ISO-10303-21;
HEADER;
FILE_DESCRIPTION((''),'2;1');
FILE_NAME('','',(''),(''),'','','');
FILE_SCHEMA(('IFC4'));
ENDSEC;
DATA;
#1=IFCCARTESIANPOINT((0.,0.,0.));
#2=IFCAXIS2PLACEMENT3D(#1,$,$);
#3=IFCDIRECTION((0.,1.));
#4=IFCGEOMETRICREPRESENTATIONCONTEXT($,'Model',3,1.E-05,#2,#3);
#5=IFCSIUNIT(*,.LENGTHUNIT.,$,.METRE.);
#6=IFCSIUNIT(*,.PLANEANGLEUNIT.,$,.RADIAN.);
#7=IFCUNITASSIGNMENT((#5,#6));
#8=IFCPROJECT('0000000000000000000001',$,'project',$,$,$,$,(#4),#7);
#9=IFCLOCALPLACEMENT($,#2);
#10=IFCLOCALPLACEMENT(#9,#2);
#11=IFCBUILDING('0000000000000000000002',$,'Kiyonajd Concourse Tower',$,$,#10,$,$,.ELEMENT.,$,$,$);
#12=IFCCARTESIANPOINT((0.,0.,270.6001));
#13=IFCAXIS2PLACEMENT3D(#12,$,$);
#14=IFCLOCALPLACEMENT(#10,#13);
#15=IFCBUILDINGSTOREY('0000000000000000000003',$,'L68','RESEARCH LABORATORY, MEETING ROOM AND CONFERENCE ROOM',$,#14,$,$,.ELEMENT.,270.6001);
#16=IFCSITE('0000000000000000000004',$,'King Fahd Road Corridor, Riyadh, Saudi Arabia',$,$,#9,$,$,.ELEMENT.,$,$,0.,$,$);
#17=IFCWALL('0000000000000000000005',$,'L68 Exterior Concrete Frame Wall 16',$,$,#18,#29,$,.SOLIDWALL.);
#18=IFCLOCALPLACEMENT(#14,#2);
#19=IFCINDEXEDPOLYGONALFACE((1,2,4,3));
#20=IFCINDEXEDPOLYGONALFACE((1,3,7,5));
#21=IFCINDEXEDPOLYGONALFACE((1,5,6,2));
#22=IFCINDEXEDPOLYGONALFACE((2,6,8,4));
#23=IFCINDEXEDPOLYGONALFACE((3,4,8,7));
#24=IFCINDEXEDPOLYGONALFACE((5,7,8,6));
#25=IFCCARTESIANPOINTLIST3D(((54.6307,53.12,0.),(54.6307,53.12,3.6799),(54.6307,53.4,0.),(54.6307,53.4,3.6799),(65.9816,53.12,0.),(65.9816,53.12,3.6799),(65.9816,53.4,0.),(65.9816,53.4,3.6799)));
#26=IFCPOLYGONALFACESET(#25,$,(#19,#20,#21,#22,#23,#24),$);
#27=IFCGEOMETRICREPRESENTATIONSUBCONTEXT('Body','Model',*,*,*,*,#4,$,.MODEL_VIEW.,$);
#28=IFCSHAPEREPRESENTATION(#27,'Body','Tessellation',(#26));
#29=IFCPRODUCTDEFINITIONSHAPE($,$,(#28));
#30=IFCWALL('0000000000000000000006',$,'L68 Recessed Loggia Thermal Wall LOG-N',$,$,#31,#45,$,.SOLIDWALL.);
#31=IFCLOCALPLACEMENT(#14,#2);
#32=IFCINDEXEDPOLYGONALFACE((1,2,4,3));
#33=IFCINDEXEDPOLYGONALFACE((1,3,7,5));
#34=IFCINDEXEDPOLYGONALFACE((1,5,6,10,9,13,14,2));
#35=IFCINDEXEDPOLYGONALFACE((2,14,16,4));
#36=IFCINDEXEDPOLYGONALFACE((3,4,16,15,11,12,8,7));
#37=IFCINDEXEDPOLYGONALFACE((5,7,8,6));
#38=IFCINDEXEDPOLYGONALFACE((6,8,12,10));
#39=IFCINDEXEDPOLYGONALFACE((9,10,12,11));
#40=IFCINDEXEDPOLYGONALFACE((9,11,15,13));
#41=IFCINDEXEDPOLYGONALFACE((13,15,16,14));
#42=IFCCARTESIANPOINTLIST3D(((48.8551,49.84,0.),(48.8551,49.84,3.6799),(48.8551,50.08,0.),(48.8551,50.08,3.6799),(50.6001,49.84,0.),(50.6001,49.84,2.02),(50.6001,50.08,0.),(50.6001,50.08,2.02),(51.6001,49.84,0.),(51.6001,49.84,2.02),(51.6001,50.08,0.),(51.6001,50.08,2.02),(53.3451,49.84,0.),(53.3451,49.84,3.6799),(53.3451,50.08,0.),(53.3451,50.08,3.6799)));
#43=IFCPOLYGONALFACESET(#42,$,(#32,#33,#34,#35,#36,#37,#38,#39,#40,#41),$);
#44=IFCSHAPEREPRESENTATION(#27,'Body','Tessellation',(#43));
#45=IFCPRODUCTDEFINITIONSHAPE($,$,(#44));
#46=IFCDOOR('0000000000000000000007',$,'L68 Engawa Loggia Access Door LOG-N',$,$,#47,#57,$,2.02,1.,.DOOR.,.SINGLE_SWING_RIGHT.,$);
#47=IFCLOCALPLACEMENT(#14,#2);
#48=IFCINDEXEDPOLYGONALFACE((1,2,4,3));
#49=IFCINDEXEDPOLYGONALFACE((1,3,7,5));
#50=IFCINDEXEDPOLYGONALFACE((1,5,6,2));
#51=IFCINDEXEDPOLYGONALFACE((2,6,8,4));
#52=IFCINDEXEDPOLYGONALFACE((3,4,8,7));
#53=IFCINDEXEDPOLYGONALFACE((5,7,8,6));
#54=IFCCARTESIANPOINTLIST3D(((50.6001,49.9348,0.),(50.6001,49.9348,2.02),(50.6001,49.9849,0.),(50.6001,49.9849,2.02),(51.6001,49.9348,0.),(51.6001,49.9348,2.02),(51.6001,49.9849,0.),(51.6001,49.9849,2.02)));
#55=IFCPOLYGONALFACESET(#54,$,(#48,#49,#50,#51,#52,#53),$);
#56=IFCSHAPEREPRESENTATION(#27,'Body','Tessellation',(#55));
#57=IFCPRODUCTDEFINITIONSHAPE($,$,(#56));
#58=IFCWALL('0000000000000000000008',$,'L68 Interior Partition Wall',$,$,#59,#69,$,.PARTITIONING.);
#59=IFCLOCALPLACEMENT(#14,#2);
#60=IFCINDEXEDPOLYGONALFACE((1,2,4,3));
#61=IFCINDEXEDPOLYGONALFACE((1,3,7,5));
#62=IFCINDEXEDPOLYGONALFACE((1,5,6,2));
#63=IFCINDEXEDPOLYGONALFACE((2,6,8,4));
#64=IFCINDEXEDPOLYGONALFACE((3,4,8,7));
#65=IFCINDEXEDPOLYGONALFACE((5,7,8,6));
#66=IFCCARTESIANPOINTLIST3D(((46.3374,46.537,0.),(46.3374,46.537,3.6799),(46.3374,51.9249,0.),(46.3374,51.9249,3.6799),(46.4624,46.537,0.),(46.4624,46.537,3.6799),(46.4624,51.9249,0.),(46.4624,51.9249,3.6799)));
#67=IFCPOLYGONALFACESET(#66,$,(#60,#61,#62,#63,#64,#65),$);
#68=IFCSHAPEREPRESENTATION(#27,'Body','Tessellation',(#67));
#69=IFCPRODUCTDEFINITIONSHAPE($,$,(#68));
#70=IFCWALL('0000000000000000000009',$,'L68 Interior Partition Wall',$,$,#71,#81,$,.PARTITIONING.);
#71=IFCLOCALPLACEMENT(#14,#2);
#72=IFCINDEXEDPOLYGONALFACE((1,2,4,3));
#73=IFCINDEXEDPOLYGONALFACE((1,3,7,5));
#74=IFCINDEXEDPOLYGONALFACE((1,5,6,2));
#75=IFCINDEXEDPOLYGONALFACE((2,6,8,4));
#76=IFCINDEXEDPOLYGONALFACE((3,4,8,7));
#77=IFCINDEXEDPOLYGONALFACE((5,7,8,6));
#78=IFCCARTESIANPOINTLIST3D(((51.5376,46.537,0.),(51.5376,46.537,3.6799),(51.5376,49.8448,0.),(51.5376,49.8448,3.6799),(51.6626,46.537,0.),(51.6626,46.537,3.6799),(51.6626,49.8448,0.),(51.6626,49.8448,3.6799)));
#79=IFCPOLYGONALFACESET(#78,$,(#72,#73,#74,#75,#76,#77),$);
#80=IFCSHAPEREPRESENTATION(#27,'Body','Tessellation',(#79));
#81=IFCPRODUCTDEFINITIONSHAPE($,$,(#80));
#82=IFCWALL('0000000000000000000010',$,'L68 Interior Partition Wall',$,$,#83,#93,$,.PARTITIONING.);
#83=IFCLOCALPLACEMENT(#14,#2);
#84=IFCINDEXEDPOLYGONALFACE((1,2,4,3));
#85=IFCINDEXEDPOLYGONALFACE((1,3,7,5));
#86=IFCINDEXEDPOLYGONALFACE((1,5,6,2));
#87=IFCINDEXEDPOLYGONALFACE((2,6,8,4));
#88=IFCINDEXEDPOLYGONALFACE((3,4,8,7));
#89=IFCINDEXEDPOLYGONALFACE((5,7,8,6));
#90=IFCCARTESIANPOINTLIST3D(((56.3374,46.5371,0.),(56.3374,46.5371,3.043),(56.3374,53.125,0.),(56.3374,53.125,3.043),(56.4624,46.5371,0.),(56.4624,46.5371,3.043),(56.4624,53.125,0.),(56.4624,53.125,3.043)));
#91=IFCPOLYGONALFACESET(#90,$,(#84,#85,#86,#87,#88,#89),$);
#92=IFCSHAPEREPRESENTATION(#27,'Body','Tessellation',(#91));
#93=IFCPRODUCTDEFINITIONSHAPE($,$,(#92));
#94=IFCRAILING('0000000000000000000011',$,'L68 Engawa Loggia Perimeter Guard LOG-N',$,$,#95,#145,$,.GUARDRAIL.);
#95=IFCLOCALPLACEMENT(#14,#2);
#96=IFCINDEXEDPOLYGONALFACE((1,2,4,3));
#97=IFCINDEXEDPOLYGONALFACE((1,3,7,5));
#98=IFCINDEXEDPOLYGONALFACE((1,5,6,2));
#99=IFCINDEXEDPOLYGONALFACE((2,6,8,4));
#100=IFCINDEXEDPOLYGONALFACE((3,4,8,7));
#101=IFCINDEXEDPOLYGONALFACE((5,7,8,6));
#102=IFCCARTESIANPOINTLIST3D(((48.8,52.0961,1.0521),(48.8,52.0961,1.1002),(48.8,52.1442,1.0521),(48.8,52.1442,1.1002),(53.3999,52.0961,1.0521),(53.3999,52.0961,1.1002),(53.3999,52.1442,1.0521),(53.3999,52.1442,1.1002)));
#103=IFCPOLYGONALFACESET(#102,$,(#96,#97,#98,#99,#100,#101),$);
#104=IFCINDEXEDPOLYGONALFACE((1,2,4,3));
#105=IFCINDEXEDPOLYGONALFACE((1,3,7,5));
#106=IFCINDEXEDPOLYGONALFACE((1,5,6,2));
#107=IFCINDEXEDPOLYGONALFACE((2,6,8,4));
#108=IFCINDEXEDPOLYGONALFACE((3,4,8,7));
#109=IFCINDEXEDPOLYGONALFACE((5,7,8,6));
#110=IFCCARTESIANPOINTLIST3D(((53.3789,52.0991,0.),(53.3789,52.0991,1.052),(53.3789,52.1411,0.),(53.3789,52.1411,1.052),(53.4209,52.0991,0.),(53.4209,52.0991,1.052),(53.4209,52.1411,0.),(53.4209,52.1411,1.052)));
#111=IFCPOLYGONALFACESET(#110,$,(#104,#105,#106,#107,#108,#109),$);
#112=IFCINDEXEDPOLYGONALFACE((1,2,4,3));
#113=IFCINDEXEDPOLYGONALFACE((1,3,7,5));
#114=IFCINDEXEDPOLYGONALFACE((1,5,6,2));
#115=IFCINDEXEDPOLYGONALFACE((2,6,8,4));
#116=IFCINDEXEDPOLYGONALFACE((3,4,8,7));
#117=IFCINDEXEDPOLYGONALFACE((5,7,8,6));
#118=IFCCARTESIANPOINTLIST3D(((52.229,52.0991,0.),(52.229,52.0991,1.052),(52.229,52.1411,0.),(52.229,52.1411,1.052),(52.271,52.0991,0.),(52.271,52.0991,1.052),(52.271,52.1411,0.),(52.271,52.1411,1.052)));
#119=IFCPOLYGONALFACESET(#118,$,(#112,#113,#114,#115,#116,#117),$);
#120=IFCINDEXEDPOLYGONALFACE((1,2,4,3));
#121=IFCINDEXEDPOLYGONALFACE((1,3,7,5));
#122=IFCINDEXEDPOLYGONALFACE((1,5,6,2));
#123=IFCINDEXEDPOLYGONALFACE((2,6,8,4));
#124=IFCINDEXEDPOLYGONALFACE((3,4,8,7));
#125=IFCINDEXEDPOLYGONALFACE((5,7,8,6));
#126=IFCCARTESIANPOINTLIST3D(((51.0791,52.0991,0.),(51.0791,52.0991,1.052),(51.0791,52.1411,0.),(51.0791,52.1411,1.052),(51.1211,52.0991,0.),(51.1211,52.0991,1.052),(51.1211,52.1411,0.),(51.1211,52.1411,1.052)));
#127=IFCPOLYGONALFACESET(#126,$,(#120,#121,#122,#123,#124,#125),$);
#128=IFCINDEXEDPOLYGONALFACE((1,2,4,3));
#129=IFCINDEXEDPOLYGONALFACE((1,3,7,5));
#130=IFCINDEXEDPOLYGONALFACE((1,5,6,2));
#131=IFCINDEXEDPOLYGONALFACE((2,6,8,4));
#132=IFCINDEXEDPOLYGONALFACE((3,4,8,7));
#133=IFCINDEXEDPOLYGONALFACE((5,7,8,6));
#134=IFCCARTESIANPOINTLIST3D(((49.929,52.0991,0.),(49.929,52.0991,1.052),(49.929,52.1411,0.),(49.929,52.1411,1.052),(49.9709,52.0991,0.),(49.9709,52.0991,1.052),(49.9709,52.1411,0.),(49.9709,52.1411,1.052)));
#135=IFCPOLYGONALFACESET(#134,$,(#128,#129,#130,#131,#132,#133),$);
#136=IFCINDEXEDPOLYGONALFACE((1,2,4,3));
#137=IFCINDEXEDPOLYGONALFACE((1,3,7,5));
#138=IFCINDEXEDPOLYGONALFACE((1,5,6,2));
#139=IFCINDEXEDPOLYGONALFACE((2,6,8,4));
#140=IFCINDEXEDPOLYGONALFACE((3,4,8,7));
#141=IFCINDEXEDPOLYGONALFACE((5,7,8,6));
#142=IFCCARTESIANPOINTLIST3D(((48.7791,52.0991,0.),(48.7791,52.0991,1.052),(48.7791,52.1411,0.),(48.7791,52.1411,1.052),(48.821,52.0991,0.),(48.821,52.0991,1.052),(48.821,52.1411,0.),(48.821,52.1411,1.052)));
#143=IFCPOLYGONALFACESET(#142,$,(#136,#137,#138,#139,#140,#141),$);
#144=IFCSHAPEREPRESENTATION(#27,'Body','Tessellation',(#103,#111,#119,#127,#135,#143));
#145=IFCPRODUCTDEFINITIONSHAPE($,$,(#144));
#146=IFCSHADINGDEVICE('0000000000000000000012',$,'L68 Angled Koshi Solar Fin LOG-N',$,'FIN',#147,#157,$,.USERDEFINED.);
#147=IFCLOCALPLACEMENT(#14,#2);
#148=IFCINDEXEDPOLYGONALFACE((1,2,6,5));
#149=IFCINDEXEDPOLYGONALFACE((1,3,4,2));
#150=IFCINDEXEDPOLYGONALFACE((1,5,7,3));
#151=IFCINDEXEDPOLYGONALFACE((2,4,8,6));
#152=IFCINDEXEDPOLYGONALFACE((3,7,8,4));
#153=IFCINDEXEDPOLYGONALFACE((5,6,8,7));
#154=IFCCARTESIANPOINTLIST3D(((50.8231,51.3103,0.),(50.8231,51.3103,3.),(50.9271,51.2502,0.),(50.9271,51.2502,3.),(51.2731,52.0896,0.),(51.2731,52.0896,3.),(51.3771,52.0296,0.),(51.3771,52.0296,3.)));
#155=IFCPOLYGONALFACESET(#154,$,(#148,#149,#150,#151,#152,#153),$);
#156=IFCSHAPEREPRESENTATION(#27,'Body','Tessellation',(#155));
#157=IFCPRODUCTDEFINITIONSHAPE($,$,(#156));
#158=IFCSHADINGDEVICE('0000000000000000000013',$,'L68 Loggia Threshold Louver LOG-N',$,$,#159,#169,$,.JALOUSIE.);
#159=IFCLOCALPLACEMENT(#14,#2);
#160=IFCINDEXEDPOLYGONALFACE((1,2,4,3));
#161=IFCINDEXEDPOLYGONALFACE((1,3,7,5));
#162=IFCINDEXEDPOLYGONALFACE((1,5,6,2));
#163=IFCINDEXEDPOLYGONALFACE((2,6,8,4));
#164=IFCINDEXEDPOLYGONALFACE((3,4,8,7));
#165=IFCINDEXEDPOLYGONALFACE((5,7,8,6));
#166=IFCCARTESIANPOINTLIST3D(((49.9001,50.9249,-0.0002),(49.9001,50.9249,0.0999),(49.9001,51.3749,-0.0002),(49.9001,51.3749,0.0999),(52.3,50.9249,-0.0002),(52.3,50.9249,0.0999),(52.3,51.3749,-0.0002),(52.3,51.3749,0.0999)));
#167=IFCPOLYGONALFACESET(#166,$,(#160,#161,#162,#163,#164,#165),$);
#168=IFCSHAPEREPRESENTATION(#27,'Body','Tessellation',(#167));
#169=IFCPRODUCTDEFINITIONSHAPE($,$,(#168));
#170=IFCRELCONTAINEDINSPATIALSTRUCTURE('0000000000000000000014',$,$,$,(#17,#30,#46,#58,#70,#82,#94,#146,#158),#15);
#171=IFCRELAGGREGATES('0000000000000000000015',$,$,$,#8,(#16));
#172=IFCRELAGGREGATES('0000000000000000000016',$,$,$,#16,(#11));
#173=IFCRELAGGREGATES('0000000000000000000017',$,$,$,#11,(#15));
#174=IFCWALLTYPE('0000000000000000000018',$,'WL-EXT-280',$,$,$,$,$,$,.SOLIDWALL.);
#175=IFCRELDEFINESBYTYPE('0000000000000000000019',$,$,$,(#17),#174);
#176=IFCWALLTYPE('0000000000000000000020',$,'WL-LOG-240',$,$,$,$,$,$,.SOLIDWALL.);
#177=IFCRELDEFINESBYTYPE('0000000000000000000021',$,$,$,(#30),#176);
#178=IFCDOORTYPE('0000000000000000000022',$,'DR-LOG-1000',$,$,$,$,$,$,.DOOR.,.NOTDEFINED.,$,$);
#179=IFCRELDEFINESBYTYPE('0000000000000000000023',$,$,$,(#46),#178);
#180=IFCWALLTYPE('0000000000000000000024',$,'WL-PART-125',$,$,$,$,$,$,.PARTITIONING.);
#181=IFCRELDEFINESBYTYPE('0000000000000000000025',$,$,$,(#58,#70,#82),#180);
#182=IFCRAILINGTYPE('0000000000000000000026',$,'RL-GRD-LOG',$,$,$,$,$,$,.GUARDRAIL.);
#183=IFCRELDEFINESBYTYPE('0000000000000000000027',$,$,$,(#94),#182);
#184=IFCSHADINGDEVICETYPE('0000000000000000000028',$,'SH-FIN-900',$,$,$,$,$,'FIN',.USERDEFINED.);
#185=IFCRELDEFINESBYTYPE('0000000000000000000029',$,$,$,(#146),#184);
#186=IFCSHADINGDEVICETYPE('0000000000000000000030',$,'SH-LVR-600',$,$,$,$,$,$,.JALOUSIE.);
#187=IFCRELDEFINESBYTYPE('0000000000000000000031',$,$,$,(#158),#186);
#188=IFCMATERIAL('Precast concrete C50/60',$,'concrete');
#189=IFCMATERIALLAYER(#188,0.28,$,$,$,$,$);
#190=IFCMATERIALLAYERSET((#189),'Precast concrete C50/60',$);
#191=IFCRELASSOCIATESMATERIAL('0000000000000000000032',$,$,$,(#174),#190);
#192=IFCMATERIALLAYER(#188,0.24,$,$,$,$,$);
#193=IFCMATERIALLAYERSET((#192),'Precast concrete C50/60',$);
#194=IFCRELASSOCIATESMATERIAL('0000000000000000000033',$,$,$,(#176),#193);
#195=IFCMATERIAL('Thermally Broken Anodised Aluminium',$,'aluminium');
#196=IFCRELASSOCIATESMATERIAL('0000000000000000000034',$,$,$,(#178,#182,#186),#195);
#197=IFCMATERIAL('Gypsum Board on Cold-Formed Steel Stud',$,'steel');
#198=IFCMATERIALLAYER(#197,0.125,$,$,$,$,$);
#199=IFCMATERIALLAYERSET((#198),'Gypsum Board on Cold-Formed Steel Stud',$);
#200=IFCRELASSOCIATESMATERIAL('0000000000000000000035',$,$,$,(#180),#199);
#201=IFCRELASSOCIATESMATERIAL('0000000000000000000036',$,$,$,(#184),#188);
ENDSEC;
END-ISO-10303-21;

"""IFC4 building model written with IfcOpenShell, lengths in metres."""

from ifc_helpers import new_model, si_unit, direction, frame, frame_2d, origin, origin_2d, place, context, subcontext, project, spatial, rectangle, extrude, material, layer, layer_set, type_object, element, fill, save


model = new_model("IFC4")

# Units and contexts
model_context = context("Model", 3, precision=1e-05, world=origin(), true_north=direction((0.0, 1.0)))
body_context = subcontext(model_context, "Body", "Model", "MODEL_VIEW")
ifc_project = project(units=[si_unit("LENGTHUNIT", "METRE"), si_unit("PLANEANGLEUNIT", "RADIAN")], contexts=[model_context])

# Site, building, storey
site_placement = place(None, origin())
site = spatial("IfcSite", under=ifc_project, at=site_placement, Name="King Fahd Road Corridor, Riyadh, Saudi Arabia", CompositionType="ELEMENT", RefElevation=0.0)
building_placement = place(site_placement, origin())
building = spatial("IfcBuilding", under=site, at=building_placement, Name="Kiyonajd Concourse Tower", CompositionType="ELEMENT")
storey_placement = place(building_placement, frame((0.0, 0.0, 270.6001)))
storey = spatial("IfcBuildingStorey", under=building, at=storey_placement, Name="L68", Description="RESEARCH LABORATORY, MEETING ROOM AND CONFERENCE ROOM", CompositionType="ELEMENT", Elevation=270.6001)

# Shared definitions
ifc_material_1 = material(Name="Thermally Broken Anodised Aluminium", Category="aluminium")

# Wall
ifc_material_2 = material(Name="Precast concrete C50/60", Category="concrete")
ifc_layer_1 = layer(ifc_material_2, 0.28)
ifc_layer_set_1 = layer_set([ifc_layer_1], Name="Precast concrete C50/60")
wall_type_1 = type_object("IfcWallType", Name="WL-EXT-280", PredefinedType="SOLIDWALL", material=ifc_layer_set_1)
wall_1_placement = place(storey_placement, frame((54.6309, 53.26, 0.0), z_axis=(0.0, 0.0, 1.0), x_axis=(1.0, 0.0, 0.0)))
element("IfcWall", 1, at=wall_1_placement, inside=storey, type_object=wall_type_1, Name="L68 Exterior Concrete Frame Wall 16", PredefinedType="SOLIDWALL", context=body_context, shape_type="SweptSolid", body=[
    extrude(rectangle(XDim=11.3508, YDim=0.28, at=frame_2d((5.6753, 0.0))), origin(), (0.0, 0.0, 1.0), 3.6799),
])

# Wall, opening, door
ifc_layer_2 = layer(ifc_material_2, 0.24)
ifc_layer_set_2 = layer_set([ifc_layer_2], Name="Precast concrete C50/60")
wall_type_2 = type_object("IfcWallType", Name="WL-LOG-240", PredefinedType="SOLIDWALL", material=ifc_layer_set_2)
wall_2_placement = place(storey_placement, frame((48.855, 49.96, 0.0), z_axis=(0.0, 0.0, 1.0), x_axis=(1.0, 0.0, 0.0)))
wall_2 = element("IfcWall", 2, at=wall_2_placement, inside=storey, type_object=wall_type_2, Name="L68 Recessed Loggia Thermal Wall LOG-N", PredefinedType="SOLIDWALL", context=body_context, shape_type="SweptSolid", body=[
    extrude(rectangle(XDim=4.49, YDim=0.24, at=frame_2d((2.2451, 0.0))), origin(), (0.0, 0.0, 1.0), 3.6799),
])
opening_placement = place(wall_2_placement, frame((1.7451, 0.0, 0.0)))
opening = element("IfcOpeningElement", 3, at=opening_placement, cuts=wall_2, PredefinedType="OPENING", context=body_context, shape_type="SweptSolid", body=[
    extrude(rectangle(XDim=1.0, YDim=2.02, at=frame_2d((0.5, 1.01))), frame((0.0, 0.1299, 0.0), z_axis=(0.0, -1.0, 0.0), x_axis=(1.0, 0.0, 0.0)), (0.0, 0.0, 1.0), 0.26),
])
door_type = type_object("IfcDoorType", Name="DR-LOG-1000", OperationType="NOTDEFINED", PredefinedType="DOOR", material=ifc_material_1)
door_placement = place(opening_placement, origin())
door = element("IfcDoor", 4, at=door_placement, inside=storey, type_object=door_type, Name="L68 Engawa Loggia Access Door LOG-N", OperationType="SINGLE_SWING_RIGHT", OverallHeight=2.02, OverallWidth=1.0, PredefinedType="DOOR", context=body_context, shape_type="SweptSolid", body=[
    extrude(rectangle(XDim=1.0, YDim=2.02, at=frame_2d((0.5, 1.01))), frame((0.0, 0.0249, 0.0), z_axis=(0.0, -1.0, 0.0), x_axis=(1.0, 0.0, 0.0)), (0.0, 0.0, 1.0), 0.05),
])
fill(opening, door)

# Walls
ifc_material_3 = material(Name="Gypsum Board on Cold-Formed Steel Stud", Category="steel")
ifc_layer_3 = layer(ifc_material_3, 0.125)
ifc_layer_set_3 = layer_set([ifc_layer_3], Name="Gypsum Board on Cold-Formed Steel Stud")
wall_type_3 = type_object("IfcWallType", Name="WL-PART-125", PredefinedType="PARTITIONING", material=ifc_layer_set_3)
wall_3_placement = place(storey_placement, frame((46.3999, 46.5371, 0.0), z_axis=(0.0, 0.0, 1.0), x_axis=(0.0, 1.0, 0.0)))
element("IfcWall", 5, at=wall_3_placement, inside=storey, type_object=wall_type_3, Name="L68 Interior Partition Wall", PredefinedType="PARTITIONING", context=body_context, shape_type="SweptSolid", body=[
    extrude(rectangle(XDim=5.3879, YDim=0.125, at=frame_2d((2.6938, 0.0))), origin(), (0.0, 0.0, 1.0), 3.6799),
])
wall_4_placement = place(storey_placement, frame((51.6001, 46.5371, 0.0), z_axis=(0.0, 0.0, 1.0), x_axis=(0.0, 1.0, 0.0)))
element("IfcWall", 6, at=wall_4_placement, inside=storey, type_object=wall_type_3, Name="L68 Interior Partition Wall", PredefinedType="PARTITIONING", context=body_context, shape_type="SweptSolid", body=[
    extrude(rectangle(XDim=3.3079, YDim=0.125, at=frame_2d((1.6538, 0.0))), origin(), (0.0, 0.0, 1.0), 3.6799),
])
wall_5_placement = place(storey_placement, frame((56.3999, 46.5371, 0.0), z_axis=(0.0, 0.0, 1.0), x_axis=(0.0, 1.0, 0.0)))
element("IfcWall", 7, at=wall_5_placement, inside=storey, type_object=wall_type_3, Name="L68 Interior Partition Wall", PredefinedType="PARTITIONING", context=body_context, shape_type="SweptSolid", body=[
    extrude(rectangle(XDim=6.5879, YDim=0.125, at=frame_2d((3.2939, 0.0))), origin(), (0.0, 0.0, 1.0), 3.043),
])

# Railing
railing_type = type_object("IfcRailingType", Name="RL-GRD-LOG", PredefinedType="GUARDRAIL", material=ifc_material_1)
railing_placement = place(storey_placement, frame((53.3999, 52.1201, 0.0)))
element("IfcRailing", 8, at=railing_placement, inside=storey, type_object=railing_type, Name="L68 Engawa Loggia Perimeter Guard LOG-N", PredefinedType="GUARDRAIL", context=body_context, shape_type="SweptSolid", body=[
    extrude(rectangle(XDim=0.0481, YDim=0.0481, at=origin_2d()), frame((0.0, 0.0, 1.0762), z_axis=(-1.0, 0.0, 0.0), x_axis=(0.0, -1.0, 0.0)), (0.0, 0.0, 1.0), 4.5999),
    extrude(rectangle(XDim=0.042, YDim=0.042, at=origin_2d()), origin(), (0.0, 0.0, 1.0), 1.052),
    extrude(rectangle(XDim=0.042, YDim=0.042, at=origin_2d()), frame((-1.1499, 0.0, 0.0)), (0.0, 0.0, 1.0), 1.052),
    extrude(rectangle(XDim=0.042, YDim=0.042, at=origin_2d()), frame((-2.2998, 0.0, 0.0)), (0.0, 0.0, 1.0), 1.052),
    extrude(rectangle(XDim=0.042, YDim=0.042, at=origin_2d()), frame((-3.45, 0.0, 0.0)), (0.0, 0.0, 1.0), 1.052),
    extrude(rectangle(XDim=0.042, YDim=0.042, at=origin_2d()), frame((-4.5999, 0.0, 0.0)), (0.0, 0.0, 1.0), 1.052),
])

# Shading devices
shading_device_type_1 = type_object("IfcShadingDeviceType", Name="SH-FIN-900", ElementType="FIN", PredefinedType="USERDEFINED", material=ifc_material_2)
shading_device_1_placement = place(storey_placement, frame((51.1001, 51.6699, 0.0), z_axis=(0.0, 0.0, 1.0), x_axis=(0.5, 0.866025, 0.0)))
element("IfcShadingDevice", 9, at=shading_device_1_placement, inside=storey, type_object=shading_device_type_1, Name="L68 Angled Koshi Solar Fin LOG-N", ObjectType="FIN", PredefinedType="USERDEFINED", context=body_context, shape_type="SweptSolid", body=[
    extrude(rectangle(XDim=0.8999, YDim=0.1201, at=origin_2d()), origin(), (0.0, 0.0, 1.0), 3.0),
])
shading_device_type_2 = type_object("IfcShadingDeviceType", Name="SH-LVR-600", PredefinedType="JALOUSIE", material=ifc_material_1)
shading_device_2_placement = place(storey_placement, frame((51.1001, 51.1499, -0.0002), z_axis=(0.0, 0.0, 1.0), x_axis=(1.0, 0.0, 0.0)))
element("IfcShadingDevice", 10, at=shading_device_2_placement, inside=storey, type_object=shading_device_type_2, Name="L68 Loggia Threshold Louver LOG-N", PredefinedType="JALOUSIE", context=body_context, shape_type="SweptSolid", body=[
    extrude(rectangle(XDim=2.3999, YDim=0.45, at=origin_2d()), origin(), (0.0, 0.0, 1.0), 0.1001),
])

save(model, "model.ifc")
